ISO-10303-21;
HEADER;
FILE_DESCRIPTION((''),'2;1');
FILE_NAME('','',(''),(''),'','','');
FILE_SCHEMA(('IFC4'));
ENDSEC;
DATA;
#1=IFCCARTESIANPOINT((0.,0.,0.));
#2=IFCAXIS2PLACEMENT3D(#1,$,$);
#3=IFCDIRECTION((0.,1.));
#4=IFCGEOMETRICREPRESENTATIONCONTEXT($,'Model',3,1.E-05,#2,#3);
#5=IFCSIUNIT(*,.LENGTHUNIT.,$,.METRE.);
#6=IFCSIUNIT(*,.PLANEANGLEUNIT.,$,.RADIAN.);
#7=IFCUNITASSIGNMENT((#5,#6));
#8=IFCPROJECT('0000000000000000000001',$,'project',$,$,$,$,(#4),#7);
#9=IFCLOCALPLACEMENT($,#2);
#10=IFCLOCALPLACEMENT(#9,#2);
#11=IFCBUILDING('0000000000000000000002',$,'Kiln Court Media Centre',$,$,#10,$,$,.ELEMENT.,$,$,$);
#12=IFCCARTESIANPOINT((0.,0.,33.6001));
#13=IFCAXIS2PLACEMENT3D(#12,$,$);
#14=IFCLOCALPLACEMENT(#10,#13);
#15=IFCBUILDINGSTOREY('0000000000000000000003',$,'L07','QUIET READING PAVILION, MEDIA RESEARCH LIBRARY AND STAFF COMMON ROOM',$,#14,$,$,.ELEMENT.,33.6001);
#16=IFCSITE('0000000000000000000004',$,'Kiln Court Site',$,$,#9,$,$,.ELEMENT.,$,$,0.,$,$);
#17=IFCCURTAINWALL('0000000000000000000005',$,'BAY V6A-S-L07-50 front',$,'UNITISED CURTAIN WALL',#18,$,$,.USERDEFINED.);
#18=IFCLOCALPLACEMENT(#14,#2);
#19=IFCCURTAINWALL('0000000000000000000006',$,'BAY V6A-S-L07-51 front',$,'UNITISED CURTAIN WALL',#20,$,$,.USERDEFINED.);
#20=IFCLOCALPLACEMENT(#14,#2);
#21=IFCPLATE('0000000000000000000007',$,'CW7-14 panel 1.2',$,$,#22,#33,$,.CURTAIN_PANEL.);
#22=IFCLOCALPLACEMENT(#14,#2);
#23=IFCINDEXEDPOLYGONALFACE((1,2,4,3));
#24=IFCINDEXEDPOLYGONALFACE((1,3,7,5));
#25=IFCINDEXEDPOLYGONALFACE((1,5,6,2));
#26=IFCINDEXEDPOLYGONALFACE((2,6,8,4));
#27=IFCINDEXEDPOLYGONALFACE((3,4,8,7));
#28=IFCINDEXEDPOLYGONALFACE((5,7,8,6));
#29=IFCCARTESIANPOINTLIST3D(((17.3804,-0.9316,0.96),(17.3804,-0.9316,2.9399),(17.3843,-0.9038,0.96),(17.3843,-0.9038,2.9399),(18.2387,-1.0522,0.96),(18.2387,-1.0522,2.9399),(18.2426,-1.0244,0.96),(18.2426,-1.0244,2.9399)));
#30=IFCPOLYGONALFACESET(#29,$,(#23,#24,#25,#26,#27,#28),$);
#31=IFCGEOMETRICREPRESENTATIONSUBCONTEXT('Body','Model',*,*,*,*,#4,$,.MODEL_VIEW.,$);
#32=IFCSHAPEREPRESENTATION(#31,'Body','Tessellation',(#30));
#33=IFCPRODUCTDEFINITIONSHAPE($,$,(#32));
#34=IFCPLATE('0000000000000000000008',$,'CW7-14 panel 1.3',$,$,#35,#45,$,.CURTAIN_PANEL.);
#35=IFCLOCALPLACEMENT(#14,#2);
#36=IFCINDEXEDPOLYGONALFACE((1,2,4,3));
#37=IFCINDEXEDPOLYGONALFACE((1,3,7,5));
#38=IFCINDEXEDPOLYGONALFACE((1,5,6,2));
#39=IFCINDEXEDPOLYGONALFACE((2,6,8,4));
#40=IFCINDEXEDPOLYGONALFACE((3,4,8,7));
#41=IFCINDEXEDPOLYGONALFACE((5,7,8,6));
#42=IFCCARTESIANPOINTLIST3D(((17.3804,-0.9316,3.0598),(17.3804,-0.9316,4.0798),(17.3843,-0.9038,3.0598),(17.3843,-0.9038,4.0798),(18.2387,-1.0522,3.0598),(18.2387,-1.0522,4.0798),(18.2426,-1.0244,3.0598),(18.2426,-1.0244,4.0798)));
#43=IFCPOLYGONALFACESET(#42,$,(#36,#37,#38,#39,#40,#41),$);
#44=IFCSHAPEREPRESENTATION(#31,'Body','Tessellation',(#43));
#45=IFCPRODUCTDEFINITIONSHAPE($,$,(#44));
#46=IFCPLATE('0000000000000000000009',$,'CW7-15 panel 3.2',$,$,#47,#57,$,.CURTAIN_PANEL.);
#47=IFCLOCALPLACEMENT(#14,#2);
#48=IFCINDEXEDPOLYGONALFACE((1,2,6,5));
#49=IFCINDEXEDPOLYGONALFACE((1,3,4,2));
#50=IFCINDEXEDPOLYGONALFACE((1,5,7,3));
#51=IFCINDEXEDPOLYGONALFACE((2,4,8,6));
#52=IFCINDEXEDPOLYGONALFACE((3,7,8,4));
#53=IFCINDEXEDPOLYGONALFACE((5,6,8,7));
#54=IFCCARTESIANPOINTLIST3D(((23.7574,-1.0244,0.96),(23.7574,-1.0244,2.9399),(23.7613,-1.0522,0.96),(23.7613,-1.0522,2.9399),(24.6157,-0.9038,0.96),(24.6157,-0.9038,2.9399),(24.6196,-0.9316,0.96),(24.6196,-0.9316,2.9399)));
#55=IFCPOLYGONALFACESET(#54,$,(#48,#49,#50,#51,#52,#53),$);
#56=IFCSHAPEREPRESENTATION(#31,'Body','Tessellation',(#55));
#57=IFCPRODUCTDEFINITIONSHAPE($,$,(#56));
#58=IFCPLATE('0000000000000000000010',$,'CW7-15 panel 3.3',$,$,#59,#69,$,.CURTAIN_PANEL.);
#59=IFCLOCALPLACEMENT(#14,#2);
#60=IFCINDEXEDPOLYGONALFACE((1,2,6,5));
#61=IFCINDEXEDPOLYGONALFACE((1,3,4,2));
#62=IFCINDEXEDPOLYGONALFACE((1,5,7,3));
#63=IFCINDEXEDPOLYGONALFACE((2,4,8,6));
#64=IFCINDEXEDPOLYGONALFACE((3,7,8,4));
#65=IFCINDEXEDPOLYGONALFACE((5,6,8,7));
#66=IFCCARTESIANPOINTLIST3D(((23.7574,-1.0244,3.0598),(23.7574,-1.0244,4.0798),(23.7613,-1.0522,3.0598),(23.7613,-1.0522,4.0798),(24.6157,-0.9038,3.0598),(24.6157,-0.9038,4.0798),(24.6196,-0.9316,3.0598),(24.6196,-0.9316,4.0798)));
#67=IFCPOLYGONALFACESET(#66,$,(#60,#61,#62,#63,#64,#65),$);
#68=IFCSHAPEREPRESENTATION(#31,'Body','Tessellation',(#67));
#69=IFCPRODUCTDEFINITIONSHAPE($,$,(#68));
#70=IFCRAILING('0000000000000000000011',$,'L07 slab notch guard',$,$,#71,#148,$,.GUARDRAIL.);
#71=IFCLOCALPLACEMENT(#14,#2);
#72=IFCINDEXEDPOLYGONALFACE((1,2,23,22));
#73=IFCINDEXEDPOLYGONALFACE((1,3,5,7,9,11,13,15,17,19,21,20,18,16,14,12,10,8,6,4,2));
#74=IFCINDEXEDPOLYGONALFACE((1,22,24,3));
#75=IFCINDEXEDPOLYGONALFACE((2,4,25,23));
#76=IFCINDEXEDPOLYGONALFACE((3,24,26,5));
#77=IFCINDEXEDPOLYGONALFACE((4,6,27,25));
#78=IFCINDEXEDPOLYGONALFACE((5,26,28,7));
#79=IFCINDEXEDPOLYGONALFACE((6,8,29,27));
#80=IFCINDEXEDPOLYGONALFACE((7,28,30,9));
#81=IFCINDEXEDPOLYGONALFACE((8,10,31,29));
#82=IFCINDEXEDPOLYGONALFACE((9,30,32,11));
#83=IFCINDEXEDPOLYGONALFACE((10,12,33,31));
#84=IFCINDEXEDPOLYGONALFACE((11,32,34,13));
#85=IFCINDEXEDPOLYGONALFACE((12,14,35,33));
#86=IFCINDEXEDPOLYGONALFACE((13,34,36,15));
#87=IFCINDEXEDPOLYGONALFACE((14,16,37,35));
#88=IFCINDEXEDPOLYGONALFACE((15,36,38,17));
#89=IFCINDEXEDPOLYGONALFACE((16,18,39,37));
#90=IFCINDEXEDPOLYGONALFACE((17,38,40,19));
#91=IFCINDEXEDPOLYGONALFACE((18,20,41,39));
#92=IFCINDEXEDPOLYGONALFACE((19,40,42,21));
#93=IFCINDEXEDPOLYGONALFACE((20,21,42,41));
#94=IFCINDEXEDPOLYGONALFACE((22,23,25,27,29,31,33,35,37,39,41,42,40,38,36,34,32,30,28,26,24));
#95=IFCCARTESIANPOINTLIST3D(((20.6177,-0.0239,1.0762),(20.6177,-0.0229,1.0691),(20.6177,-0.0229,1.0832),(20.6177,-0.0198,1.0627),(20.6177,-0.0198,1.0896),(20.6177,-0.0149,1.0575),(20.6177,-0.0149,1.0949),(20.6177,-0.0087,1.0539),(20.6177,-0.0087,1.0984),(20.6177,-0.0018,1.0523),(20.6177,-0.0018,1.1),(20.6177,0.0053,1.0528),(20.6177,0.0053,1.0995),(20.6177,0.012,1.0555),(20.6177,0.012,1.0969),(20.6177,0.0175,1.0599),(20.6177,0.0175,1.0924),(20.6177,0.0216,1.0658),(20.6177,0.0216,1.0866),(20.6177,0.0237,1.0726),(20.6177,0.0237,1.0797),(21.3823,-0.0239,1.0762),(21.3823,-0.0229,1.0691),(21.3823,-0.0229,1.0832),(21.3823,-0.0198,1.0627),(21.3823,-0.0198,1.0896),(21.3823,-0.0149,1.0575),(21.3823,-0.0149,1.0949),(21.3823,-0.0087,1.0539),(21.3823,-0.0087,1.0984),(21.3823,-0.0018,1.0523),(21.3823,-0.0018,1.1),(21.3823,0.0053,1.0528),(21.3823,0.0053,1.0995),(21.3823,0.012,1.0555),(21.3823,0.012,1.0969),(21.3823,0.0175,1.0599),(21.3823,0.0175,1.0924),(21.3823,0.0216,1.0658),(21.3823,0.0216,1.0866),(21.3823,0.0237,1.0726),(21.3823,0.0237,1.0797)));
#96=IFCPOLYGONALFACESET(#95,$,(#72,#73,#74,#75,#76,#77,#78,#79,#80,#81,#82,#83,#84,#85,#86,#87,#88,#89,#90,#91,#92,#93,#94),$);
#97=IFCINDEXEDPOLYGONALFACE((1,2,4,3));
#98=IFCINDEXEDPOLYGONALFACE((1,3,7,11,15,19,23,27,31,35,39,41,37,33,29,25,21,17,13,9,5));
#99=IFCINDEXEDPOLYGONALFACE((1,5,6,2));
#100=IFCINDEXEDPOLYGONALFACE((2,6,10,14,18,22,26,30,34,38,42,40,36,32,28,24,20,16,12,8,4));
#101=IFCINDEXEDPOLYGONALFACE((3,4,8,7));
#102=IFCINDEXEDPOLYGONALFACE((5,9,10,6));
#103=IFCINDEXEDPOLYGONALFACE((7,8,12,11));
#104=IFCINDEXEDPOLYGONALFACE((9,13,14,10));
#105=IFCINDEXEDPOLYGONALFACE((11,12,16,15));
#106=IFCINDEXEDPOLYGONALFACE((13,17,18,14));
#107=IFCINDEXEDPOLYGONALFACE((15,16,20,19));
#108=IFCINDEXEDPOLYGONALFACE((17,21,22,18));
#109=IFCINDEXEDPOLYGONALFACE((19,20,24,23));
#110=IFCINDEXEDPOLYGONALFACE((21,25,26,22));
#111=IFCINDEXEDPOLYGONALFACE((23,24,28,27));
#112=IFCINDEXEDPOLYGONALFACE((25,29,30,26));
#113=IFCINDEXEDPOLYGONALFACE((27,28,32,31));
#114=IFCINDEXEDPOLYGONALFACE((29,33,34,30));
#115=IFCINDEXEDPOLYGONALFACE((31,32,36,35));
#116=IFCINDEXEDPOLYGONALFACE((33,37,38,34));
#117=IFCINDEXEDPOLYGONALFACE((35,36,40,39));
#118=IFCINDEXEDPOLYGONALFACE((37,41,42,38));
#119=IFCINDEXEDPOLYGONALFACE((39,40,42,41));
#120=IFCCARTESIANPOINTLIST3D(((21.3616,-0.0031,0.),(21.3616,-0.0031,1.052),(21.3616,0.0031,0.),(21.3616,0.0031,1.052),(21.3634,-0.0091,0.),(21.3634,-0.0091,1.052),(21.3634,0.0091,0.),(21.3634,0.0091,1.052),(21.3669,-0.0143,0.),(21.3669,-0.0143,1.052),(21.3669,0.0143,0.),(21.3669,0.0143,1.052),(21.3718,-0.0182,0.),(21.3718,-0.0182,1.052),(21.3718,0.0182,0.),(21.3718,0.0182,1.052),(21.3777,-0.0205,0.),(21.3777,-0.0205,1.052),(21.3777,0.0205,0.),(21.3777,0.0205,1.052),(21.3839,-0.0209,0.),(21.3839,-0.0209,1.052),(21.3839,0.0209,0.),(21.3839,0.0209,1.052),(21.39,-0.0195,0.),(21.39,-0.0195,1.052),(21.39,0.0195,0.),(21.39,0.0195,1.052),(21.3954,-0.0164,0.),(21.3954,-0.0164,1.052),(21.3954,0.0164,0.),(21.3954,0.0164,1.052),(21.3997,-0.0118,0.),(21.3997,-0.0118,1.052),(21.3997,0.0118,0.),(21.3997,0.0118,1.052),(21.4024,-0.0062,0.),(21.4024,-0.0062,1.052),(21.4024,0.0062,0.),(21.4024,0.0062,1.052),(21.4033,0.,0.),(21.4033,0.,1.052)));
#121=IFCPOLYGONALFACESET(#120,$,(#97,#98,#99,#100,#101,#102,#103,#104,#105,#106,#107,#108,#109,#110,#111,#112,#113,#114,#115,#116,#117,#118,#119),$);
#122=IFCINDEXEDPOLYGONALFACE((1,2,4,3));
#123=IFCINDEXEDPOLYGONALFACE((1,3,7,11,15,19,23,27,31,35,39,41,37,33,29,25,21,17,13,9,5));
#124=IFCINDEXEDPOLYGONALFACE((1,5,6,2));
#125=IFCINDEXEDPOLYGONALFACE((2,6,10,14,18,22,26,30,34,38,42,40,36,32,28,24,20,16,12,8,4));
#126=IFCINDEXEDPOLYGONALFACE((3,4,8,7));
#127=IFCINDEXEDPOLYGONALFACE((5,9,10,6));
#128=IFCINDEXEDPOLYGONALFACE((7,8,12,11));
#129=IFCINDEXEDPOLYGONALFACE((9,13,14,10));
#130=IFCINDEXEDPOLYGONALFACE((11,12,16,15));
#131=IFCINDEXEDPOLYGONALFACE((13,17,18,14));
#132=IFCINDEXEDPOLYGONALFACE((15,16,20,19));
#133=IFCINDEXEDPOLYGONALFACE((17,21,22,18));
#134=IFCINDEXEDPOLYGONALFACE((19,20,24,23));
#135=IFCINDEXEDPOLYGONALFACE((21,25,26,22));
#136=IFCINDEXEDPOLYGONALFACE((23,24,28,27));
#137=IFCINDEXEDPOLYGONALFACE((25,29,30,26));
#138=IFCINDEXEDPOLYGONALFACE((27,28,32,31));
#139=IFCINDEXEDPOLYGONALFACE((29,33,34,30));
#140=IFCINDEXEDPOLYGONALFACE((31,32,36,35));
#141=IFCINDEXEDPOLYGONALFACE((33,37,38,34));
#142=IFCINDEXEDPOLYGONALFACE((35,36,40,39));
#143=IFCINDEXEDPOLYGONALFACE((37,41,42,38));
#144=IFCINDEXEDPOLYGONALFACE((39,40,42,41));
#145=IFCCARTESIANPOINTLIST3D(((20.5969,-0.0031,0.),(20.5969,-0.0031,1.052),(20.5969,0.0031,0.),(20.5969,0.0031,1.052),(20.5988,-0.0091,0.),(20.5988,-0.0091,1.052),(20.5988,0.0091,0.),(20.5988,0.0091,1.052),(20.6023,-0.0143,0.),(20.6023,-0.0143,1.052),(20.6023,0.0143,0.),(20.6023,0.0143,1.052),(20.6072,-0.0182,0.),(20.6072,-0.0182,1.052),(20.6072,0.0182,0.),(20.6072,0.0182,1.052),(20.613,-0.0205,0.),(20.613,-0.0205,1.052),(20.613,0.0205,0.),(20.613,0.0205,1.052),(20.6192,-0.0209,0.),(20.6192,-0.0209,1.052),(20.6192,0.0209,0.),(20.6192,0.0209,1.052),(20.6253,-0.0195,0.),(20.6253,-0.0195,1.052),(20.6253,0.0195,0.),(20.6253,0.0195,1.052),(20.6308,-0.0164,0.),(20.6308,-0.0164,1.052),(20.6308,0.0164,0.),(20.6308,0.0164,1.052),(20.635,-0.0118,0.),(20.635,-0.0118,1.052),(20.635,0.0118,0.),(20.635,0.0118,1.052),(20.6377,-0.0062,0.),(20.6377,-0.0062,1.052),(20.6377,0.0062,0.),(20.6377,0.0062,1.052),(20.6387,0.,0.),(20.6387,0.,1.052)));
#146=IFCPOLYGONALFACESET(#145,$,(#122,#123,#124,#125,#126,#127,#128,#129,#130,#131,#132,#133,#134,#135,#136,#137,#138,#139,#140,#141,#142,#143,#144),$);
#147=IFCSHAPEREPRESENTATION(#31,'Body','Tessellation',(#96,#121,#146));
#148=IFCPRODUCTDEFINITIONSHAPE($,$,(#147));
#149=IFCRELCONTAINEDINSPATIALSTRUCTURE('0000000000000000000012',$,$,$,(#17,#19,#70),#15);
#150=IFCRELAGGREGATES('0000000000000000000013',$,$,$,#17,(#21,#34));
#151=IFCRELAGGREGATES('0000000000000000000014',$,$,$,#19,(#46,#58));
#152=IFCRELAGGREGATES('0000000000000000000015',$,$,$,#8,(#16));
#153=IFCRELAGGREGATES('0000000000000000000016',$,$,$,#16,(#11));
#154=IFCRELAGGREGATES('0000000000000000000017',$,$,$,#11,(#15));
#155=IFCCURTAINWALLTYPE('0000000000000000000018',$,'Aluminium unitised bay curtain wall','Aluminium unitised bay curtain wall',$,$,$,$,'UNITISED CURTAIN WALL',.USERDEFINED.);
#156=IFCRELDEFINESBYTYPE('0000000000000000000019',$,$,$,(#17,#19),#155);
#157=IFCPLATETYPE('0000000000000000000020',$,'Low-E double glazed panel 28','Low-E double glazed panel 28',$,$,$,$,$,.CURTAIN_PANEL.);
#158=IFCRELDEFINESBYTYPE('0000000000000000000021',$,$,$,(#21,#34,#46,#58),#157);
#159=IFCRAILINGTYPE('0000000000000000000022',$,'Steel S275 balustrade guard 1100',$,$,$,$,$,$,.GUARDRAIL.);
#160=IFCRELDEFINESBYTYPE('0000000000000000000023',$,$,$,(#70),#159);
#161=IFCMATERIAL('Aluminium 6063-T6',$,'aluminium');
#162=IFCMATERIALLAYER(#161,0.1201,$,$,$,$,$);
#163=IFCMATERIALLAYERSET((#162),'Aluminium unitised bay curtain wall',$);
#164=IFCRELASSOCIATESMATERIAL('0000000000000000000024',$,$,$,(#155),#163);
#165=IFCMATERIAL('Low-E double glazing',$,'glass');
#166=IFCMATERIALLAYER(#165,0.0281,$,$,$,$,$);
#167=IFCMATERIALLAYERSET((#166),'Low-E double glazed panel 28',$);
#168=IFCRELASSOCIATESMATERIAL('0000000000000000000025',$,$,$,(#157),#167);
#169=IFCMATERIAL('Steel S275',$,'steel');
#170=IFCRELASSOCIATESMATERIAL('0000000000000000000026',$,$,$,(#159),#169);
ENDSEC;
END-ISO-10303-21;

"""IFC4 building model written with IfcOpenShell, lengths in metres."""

from ifc_helpers import new_model, si_unit, direction, frame, origin, origin_2d, place, context, subcontext, project, spatial, rectangle, circle, extrude, material, layer, layer_set, type_object, element, aggregate, save


model = new_model("IFC4")

# Units and contexts
model_context = context("Model", 3, precision=1e-05, world=origin(), true_north=direction((0.0, 1.0)))
body_context = subcontext(model_context, "Body", "Model", "MODEL_VIEW")
ifc_project = project(units=[si_unit("LENGTHUNIT", "METRE"), si_unit("PLANEANGLEUNIT", "RADIAN")], contexts=[model_context])

# Site, building, storey
site_placement = place(None, origin())
site = spatial("IfcSite", under=ifc_project, at=site_placement, Name="Kiln Court Site", CompositionType="ELEMENT", RefElevation=0.0)
building_placement = place(site_placement, origin())
building = spatial("IfcBuilding", under=site, at=building_placement, Name="Kiln Court Media Centre", CompositionType="ELEMENT")
storey_placement = place(building_placement, frame((0.0, 0.0, 33.6001)))
storey = spatial("IfcBuildingStorey", under=building, at=storey_placement, Name="L07", Description="QUIET READING PAVILION, MEDIA RESEARCH LIBRARY AND STAFF COMMON ROOM", CompositionType="ELEMENT", Elevation=33.6001)

# Curtain walls
ifc_material_1 = material(Name="Aluminium 6063-T6", Category="aluminium")
ifc_layer_1 = layer(ifc_material_1, 0.1201)
ifc_layer_set_1 = layer_set([ifc_layer_1], Name="Aluminium unitised bay curtain wall")
curtain_wall_type = type_object("IfcCurtainWallType", Name="Aluminium unitised bay curtain wall", Description="Aluminium unitised bay curtain wall", ElementType="UNITISED CURTAIN WALL", PredefinedType="USERDEFINED", material=ifc_layer_set_1)
curtain_wall_1_placement = place(storey_placement, origin())
curtain_wall_1 = element("IfcCurtainWall", 1, at=curtain_wall_1_placement, inside=storey, type_object=curtain_wall_type, Name="BAY V6A-S-L07-50 front", ObjectType="UNITISED CURTAIN WALL", PredefinedType="USERDEFINED")
curtain_wall_2_placement = place(storey_placement, origin())
curtain_wall_2 = element("IfcCurtainWall", 2, at=curtain_wall_2_placement, inside=storey, type_object=curtain_wall_type, Name="BAY V6A-S-L07-51 front", ObjectType="UNITISED CURTAIN WALL", PredefinedType="USERDEFINED")

# Plates
ifc_material_2 = material(Name="Low-E double glazing", Category="glass")
ifc_layer_2 = layer(ifc_material_2, 0.0281)
ifc_layer_set_2 = layer_set([ifc_layer_2], Name="Low-E double glazed panel 28")
plate_type_1 = type_object("IfcPlateType", Name="Low-E double glazed panel 28", Description="Low-E double glazed panel 28", PredefinedType="CURTAIN_PANEL", material=ifc_layer_set_2)
plate_1_placement = place(storey_placement, frame((17.8115, -0.978, 0.96), z_axis=(0.0, 0.0, 1.0), x_axis=(0.99027, -0.139162, 0.0)))
plate_1 = element("IfcPlate", 3, at=plate_1_placement, type_object=plate_type_1, Name="CW7-14 panel 1.2", PredefinedType="CURTAIN_PANEL", context=body_context, shape_type="SweptSolid", body=[
    extrude(rectangle(XDim=0.8667, YDim=0.0281, at=origin_2d()), origin(), (0.0, 0.0, 1.0), 1.98),
])
plate_2_placement = place(storey_placement, frame((17.8115, -0.978, 3.0598), z_axis=(0.0, 0.0, 1.0), x_axis=(0.99027, -0.139162, 0.0)))
plate_2 = element("IfcPlate", 4, at=plate_2_placement, type_object=plate_type_1, Name="CW7-14 panel 1.3", PredefinedType="CURTAIN_PANEL", context=body_context, shape_type="SweptSolid", body=[
    extrude(rectangle(XDim=0.8667, YDim=0.0281, at=origin_2d()), origin(), (0.0, 0.0, 1.0), 1.02),
])
aggregate(curtain_wall_1, [plate_1, plate_2])
plate_3_placement = place(storey_placement, frame((24.1885, -0.978, 0.96), z_axis=(0.0, 0.0, 1.0), x_axis=(0.99027, 0.139162, 0.0)))
plate_3 = element("IfcPlate", 5, at=plate_3_placement, type_object=plate_type_1, Name="CW7-15 panel 3.2", PredefinedType="CURTAIN_PANEL", context=body_context, shape_type="SweptSolid", body=[
    extrude(rectangle(XDim=0.8667, YDim=0.0281, at=origin_2d()), origin(), (0.0, 0.0, 1.0), 1.98),
])
plate_4_placement = place(storey_placement, frame((24.1885, -0.978, 3.0598), z_axis=(0.0, 0.0, 1.0), x_axis=(0.99027, 0.139162, 0.0)))
plate_4 = element("IfcPlate", 6, at=plate_4_placement, type_object=plate_type_1, Name="CW7-15 panel 3.3", PredefinedType="CURTAIN_PANEL", context=body_context, shape_type="SweptSolid", body=[
    extrude(rectangle(XDim=0.8667, YDim=0.0281, at=origin_2d()), origin(), (0.0, 0.0, 1.0), 1.02),
])
aggregate(curtain_wall_2, [plate_3, plate_4])

# Railing
ifc_material_3 = material(Name="Steel S275", Category="steel")
railing_type = type_object("IfcRailingType", Name="Steel S275 balustrade guard 1100", PredefinedType="GUARDRAIL", material=ifc_material_3)
for number, where, name in (
    (7, (21.3823, 0.0, 0.0), "L07 slab notch guard"),
):
    element("IfcRailing", number, at=place(storey_placement, frame(where)), inside=storey, type_object=railing_type, Name=name, PredefinedType="GUARDRAIL", context=body_context, shape_type="SweptSolid", body=[
        extrude(circle(Radius=0.0239, at=origin_2d()), frame((0.0, 0.0, 1.0762), z_axis=(-1.0, 0.0, 0.0), x_axis=(0.0, -1.0, 0.0)), (0.0, 0.0, 1.0), 0.7646),
        extrude(circle(Radius=0.021, at=origin_2d()), origin(), (0.0, 0.0, 1.0), 1.052),
        extrude(circle(Radius=0.021, at=origin_2d()), frame((-0.7646, 0.0, 0.0)), (0.0, 0.0, 1.0), 1.052),
    ])

save(model, "model.ifc")
